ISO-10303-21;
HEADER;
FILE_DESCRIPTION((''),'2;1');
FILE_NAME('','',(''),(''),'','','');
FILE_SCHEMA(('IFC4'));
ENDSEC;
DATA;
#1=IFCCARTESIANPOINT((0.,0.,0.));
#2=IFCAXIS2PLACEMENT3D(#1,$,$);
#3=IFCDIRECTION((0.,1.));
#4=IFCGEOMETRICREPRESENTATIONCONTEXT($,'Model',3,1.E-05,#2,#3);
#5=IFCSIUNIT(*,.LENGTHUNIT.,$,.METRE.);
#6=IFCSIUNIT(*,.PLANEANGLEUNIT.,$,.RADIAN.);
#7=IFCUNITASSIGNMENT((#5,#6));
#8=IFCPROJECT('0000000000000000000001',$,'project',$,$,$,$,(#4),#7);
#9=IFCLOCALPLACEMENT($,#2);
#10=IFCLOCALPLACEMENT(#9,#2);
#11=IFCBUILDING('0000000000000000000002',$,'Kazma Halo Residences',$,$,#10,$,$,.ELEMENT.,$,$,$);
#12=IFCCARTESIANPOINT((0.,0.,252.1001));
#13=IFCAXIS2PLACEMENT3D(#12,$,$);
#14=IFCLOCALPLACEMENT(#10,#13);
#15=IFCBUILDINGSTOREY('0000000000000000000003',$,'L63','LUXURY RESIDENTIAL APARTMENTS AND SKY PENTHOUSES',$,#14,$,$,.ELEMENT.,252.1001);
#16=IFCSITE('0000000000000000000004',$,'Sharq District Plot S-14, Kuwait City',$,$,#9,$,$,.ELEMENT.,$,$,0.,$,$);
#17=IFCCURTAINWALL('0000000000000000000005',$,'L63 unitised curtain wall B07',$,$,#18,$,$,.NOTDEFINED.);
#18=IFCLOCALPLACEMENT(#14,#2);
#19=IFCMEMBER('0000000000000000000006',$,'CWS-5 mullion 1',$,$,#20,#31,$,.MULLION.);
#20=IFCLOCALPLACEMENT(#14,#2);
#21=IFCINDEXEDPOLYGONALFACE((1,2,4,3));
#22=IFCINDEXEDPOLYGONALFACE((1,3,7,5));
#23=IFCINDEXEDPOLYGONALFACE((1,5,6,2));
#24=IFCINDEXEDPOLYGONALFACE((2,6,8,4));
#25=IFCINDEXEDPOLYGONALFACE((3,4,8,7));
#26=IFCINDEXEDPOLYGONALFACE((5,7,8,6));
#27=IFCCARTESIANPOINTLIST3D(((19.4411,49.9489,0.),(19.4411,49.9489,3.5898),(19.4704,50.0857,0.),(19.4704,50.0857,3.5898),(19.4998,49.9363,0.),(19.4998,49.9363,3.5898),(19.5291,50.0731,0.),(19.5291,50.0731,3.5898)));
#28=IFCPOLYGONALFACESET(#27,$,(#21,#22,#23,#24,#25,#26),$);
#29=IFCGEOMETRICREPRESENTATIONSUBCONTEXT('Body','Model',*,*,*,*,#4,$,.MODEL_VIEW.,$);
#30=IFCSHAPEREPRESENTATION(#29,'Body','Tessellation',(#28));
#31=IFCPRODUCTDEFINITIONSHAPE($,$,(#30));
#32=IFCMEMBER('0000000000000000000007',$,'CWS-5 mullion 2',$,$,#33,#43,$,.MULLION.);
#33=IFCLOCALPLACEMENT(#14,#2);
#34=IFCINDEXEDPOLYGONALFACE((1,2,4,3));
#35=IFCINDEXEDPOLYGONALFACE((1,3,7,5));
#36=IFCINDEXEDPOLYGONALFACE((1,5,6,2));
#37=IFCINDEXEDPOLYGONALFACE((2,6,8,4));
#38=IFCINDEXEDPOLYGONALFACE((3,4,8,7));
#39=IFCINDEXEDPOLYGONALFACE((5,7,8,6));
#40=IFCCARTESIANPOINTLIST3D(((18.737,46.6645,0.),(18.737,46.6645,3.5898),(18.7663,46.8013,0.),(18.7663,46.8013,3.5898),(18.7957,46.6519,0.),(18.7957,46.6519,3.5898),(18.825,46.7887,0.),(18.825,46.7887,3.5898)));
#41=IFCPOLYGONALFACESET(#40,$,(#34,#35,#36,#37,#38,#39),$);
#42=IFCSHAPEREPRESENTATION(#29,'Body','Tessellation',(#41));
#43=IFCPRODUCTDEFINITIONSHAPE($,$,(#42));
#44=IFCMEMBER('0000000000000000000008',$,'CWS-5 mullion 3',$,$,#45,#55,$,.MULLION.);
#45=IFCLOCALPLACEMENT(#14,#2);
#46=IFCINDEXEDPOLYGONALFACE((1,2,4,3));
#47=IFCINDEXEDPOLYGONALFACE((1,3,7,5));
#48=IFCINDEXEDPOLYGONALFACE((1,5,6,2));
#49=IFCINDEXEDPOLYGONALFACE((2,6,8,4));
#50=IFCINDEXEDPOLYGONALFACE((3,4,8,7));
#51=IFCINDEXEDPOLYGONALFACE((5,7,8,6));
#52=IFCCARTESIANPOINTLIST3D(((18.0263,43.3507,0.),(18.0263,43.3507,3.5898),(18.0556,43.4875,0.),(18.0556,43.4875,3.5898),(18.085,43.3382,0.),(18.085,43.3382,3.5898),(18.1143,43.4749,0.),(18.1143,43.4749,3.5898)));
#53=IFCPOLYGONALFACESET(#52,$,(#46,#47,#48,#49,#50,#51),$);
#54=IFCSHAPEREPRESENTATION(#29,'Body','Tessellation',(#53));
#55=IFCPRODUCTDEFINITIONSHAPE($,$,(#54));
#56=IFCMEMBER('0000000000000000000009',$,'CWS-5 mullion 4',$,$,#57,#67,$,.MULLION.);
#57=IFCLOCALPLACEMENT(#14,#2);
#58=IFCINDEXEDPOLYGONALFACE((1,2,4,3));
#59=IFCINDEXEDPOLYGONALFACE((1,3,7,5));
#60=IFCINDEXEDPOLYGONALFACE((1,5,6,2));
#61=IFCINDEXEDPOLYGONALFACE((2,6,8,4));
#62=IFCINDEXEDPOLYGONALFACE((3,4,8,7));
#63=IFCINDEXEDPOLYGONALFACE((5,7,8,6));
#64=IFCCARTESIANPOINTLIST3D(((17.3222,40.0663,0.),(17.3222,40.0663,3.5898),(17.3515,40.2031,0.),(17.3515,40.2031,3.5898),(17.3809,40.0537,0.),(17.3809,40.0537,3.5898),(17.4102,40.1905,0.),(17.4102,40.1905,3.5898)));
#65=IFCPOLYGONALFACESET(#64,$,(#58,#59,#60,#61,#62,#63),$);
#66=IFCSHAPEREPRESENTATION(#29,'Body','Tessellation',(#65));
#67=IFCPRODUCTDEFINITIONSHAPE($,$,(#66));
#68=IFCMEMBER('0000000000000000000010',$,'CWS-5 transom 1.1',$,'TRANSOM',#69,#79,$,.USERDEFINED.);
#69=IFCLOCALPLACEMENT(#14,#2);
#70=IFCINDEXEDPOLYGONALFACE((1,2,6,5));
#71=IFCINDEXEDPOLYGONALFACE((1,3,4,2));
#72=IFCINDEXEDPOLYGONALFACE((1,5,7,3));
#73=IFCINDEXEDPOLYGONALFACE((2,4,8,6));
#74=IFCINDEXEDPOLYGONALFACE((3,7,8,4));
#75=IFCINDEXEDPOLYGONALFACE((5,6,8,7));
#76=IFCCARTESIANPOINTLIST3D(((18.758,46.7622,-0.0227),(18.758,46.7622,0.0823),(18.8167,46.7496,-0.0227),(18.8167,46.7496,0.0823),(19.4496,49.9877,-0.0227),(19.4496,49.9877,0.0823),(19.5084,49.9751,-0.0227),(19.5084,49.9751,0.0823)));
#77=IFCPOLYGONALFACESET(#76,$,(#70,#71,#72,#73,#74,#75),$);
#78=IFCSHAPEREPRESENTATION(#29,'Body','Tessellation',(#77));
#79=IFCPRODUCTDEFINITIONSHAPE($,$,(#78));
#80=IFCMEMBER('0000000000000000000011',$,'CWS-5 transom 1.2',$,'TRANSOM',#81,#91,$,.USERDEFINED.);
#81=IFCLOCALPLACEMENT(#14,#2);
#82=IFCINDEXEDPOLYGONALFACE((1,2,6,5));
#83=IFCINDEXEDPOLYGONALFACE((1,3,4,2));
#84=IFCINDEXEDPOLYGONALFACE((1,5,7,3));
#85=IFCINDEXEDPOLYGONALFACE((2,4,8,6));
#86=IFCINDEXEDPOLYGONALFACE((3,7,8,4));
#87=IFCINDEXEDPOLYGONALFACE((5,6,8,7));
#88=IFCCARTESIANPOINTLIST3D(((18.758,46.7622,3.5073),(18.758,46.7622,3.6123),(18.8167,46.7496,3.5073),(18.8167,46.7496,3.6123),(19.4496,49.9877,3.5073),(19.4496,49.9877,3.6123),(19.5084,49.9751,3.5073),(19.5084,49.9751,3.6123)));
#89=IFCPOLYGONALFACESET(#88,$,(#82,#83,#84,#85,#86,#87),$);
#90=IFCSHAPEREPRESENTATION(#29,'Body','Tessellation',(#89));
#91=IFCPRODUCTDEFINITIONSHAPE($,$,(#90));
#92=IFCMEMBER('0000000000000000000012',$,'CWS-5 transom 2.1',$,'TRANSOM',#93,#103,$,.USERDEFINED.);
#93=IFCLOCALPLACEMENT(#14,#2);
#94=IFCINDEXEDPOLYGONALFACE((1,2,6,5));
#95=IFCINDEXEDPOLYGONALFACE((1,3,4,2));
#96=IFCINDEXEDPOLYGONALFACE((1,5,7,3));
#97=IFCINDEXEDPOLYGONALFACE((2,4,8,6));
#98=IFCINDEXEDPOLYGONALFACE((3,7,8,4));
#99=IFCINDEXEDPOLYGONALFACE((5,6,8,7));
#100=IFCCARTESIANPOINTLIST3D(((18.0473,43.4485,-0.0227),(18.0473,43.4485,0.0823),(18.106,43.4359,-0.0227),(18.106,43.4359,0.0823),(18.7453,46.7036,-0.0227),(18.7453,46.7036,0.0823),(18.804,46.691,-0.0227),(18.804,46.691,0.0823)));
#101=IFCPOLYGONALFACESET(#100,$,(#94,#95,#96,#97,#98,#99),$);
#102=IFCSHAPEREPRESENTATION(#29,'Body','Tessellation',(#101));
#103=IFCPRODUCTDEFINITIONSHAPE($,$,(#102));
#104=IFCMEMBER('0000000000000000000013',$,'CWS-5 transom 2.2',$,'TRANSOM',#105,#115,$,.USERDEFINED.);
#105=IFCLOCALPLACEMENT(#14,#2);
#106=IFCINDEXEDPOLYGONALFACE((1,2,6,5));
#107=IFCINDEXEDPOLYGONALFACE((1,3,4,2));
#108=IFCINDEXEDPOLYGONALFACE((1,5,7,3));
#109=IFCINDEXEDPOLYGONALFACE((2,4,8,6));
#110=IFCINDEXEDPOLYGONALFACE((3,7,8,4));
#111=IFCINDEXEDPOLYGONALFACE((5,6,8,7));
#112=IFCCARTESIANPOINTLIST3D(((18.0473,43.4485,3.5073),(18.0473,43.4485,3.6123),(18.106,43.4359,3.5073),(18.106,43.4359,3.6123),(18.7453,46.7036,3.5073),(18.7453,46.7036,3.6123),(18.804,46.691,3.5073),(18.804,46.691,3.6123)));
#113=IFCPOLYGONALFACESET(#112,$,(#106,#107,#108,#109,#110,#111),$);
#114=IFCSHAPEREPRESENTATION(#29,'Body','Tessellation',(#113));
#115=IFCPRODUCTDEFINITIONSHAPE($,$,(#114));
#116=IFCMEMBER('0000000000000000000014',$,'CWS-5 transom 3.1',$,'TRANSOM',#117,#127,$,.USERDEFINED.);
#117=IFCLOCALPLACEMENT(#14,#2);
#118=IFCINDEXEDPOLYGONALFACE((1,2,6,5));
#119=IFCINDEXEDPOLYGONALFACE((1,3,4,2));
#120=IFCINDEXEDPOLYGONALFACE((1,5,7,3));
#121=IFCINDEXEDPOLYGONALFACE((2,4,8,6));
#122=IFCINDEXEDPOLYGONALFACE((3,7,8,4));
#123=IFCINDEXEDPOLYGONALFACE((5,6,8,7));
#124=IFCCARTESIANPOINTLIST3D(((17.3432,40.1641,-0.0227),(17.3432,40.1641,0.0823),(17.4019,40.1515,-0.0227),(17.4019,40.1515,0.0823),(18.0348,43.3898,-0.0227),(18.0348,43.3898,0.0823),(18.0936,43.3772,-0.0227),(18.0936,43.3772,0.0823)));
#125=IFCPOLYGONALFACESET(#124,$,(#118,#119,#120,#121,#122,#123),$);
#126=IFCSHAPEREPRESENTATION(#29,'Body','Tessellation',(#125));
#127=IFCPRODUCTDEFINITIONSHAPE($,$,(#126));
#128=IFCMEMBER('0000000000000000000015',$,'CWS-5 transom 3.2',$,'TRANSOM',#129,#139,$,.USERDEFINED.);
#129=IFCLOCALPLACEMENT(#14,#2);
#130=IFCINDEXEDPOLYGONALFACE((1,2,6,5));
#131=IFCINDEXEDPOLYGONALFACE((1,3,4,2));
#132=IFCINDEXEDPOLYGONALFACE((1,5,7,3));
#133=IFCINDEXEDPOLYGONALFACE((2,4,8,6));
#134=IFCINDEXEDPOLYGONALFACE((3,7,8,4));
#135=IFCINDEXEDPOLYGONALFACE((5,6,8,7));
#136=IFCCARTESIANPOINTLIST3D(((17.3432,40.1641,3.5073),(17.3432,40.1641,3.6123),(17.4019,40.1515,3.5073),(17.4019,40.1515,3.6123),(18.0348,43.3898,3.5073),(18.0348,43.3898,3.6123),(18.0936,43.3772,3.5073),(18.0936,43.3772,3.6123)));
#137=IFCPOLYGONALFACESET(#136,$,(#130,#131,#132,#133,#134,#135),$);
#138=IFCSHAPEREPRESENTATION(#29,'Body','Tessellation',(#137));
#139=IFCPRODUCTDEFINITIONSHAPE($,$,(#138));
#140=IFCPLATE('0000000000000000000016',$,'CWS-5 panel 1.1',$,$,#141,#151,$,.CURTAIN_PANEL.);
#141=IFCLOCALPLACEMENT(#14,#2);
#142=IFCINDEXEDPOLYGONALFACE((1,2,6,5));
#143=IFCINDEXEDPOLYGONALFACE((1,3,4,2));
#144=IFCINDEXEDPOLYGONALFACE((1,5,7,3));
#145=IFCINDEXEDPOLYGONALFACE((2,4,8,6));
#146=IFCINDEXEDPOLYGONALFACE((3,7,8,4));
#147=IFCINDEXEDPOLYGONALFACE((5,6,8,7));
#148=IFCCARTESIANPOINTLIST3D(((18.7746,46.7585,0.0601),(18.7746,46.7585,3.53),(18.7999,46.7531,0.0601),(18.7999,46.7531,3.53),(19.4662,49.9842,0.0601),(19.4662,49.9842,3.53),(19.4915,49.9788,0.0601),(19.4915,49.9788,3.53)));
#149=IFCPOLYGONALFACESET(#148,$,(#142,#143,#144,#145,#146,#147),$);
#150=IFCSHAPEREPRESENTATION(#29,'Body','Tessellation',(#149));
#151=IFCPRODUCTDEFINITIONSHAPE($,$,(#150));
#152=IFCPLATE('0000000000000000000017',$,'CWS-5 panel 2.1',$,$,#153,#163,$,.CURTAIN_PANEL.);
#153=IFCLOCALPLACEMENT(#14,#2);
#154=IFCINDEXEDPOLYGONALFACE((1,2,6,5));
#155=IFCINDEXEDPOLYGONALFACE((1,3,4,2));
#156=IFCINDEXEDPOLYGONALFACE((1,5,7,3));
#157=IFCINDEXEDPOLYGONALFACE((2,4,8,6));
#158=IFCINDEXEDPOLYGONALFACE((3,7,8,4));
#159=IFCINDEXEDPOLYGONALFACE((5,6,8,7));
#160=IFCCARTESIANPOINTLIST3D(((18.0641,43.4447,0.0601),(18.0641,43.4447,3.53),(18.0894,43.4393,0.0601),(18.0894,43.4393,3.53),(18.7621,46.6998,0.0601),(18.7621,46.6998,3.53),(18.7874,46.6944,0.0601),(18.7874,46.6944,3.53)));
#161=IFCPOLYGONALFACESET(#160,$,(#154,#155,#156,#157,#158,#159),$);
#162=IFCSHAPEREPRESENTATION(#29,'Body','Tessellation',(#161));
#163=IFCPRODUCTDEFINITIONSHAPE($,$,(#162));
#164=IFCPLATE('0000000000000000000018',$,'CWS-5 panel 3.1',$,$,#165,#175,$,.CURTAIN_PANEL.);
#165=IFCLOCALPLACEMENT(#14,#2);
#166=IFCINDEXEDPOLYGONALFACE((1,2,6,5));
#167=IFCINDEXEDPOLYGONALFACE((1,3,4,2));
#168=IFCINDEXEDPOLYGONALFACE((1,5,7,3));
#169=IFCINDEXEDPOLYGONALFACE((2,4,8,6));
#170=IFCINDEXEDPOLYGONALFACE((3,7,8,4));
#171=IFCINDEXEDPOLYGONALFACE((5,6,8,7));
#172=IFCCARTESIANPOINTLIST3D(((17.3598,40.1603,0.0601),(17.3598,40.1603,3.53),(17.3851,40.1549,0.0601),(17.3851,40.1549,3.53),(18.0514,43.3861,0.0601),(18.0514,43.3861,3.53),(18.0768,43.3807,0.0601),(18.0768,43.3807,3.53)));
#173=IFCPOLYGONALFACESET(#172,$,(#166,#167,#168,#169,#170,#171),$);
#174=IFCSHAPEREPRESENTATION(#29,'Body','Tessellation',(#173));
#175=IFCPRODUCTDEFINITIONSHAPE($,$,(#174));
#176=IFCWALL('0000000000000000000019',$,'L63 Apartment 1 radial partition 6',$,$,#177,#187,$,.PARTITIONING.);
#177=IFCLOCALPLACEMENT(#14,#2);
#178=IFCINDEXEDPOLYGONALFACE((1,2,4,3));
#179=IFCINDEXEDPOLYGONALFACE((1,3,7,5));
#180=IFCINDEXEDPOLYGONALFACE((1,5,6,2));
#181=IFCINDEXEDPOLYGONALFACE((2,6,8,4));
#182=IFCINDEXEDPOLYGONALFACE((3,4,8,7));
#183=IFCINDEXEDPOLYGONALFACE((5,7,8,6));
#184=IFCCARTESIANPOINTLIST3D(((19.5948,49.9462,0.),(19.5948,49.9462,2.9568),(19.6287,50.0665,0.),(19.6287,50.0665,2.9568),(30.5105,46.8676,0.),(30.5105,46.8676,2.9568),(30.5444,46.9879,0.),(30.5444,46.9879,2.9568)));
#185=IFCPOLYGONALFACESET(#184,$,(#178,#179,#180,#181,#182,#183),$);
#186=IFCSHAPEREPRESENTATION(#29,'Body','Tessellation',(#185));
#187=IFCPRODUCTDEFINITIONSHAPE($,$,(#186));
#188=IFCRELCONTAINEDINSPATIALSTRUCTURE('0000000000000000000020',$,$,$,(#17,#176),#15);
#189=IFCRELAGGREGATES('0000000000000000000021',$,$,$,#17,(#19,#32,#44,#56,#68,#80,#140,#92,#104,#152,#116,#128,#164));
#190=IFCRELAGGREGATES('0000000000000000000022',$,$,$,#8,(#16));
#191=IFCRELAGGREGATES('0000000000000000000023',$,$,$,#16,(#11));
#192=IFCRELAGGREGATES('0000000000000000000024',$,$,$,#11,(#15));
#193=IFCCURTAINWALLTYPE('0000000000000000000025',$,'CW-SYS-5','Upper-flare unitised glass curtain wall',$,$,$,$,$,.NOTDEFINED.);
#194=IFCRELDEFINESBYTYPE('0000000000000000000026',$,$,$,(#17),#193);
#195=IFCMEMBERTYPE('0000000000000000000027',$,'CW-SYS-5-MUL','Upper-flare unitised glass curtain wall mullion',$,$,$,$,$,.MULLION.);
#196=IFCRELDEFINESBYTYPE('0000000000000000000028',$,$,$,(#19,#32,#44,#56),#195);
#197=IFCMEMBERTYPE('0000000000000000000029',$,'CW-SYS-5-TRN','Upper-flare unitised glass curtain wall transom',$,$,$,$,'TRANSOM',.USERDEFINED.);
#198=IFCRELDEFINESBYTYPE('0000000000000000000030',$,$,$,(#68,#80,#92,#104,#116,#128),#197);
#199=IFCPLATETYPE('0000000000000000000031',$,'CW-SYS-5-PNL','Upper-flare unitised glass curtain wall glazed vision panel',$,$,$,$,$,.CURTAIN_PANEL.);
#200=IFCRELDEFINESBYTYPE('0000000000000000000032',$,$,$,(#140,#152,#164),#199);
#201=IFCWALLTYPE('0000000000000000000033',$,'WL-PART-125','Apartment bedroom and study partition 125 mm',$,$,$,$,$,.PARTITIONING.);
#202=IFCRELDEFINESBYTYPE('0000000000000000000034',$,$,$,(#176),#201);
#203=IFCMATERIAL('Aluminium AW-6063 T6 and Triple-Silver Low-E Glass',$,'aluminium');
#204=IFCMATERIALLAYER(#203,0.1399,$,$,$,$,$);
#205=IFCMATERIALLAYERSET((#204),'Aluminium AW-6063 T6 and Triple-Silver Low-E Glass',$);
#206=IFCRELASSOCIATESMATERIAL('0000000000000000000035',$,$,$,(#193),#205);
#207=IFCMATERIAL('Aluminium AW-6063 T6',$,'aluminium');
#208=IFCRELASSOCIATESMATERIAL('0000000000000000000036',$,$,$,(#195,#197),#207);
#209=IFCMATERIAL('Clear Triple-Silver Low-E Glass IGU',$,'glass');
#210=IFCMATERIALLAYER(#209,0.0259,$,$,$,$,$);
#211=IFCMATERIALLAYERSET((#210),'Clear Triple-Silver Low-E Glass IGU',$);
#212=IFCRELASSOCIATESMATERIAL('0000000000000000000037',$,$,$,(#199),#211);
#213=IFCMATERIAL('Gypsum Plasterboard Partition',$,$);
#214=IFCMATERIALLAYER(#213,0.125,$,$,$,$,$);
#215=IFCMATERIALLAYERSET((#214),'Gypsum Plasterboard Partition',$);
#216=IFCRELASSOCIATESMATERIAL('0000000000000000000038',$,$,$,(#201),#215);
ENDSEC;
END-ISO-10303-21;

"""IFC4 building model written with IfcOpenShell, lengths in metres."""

from ifc_helpers import new_model, si_unit, direction, frame, frame_2d, origin, origin_2d, place, context, subcontext, project, spatial, rectangle, extrude, material, layer, layer_set, material_profile, profile_set, type_object, element, aggregate, save


model = new_model("IFC4")

# Units and contexts
model_context = context("Model", 3, precision=1e-05, world=origin(), true_north=direction((0.0, 1.0)))
body_context = subcontext(model_context, "Body", "Model", "MODEL_VIEW")
ifc_project = project(units=[si_unit("LENGTHUNIT", "METRE"), si_unit("PLANEANGLEUNIT", "RADIAN")], contexts=[model_context])

# Site, building, storey
site_placement = place(None, origin())
site = spatial("IfcSite", under=ifc_project, at=site_placement, Name="Sharq District Plot S-14, Kuwait City", CompositionType="ELEMENT", RefElevation=0.0)
building_placement = place(site_placement, origin())
building = spatial("IfcBuilding", under=site, at=building_placement, Name="Kazma Halo Residences", CompositionType="ELEMENT")
storey_placement = place(building_placement, frame((0.0, 0.0, 252.1001)))
storey = spatial("IfcBuildingStorey", under=building, at=storey_placement, Name="L63", Description="LUXURY RESIDENTIAL APARTMENTS AND SKY PENTHOUSES", CompositionType="ELEMENT", Elevation=252.1001)

# Curtain wall, members, plates
ifc_material_1 = material(Name="Aluminium AW-6063 T6 and Triple-Silver Low-E Glass", Category="aluminium")
ifc_layer_1 = layer(ifc_material_1, 0.1399)
ifc_layer_set_1 = layer_set([ifc_layer_1], Name="Aluminium AW-6063 T6 and Triple-Silver Low-E Glass")
curtain_wall_type = type_object("IfcCurtainWallType", Name="CW-SYS-5", Description="Upper-flare unitised glass curtain wall", PredefinedType="NOTDEFINED", material=ifc_layer_set_1)
curtain_wall_placement = place(storey_placement, origin())
curtain_wall = element("IfcCurtainWall", 1, at=curtain_wall_placement, inside=storey, type_object=curtain_wall_type, Name="L63 unitised curtain wall B07", PredefinedType="NOTDEFINED")
ifc_material_2 = material(Name="Aluminium AW-6063 T6", Category="aluminium")
ifc_material_profile_1 = material_profile(ifc_material_2, rectangle(XDim=0.0601, YDim=0.1399, at=origin_2d()), Name="CWM-60x140")
ifc_profile_set_1 = profile_set([ifc_material_profile_1], Name="Aluminium AW-6063 T6")
member_type_1 = type_object("IfcMemberType", Name="CW-SYS-5-MUL", Description="Upper-flare unitised glass curtain wall mullion", PredefinedType="MULLION", material=ifc_profile_set_1)
member_1_placement = place(storey_placement, frame((19.4851, 50.011, 0.0), z_axis=(0.0, 0.0, 1.0), x_axis=(0.977775, -0.209657, 0.0)))
member_1 = element("IfcMember", 2, at=member_1_placement, type_object=member_type_1, Name="CWS-5 mullion 1", PredefinedType="MULLION", context=body_context, shape_type="SweptSolid", body=[
    extrude(rectangle(XDim=0.0601, YDim=0.1399, at=origin_2d()), origin(), (0.0, 0.0, 1.0), 3.5898),
])
member_2_placement = place(storey_placement, frame((18.781, 46.7266, 0.0), z_axis=(0.0, 0.0, 1.0), x_axis=(0.977775, -0.209657, 0.0)))
member_2 = element("IfcMember", 3, at=member_2_placement, type_object=member_type_1, Name="CWS-5 mullion 2", PredefinedType="MULLION", context=body_context, shape_type="SweptSolid", body=[
    extrude(rectangle(XDim=0.0601, YDim=0.1399, at=origin_2d()), origin(), (0.0, 0.0, 1.0), 3.5898),
])
member_3_placement = place(storey_placement, frame((18.0703, 43.4128, 0.0), z_axis=(0.0, 0.0, 1.0), x_axis=(0.977775, -0.209657, 0.0)))
member_3 = element("IfcMember", 4, at=member_3_placement, type_object=member_type_1, Name="CWS-5 mullion 3", PredefinedType="MULLION", context=body_context, shape_type="SweptSolid", body=[
    extrude(rectangle(XDim=0.0601, YDim=0.1399, at=origin_2d()), origin(), (0.0, 0.0, 1.0), 3.5898),
])
member_4_placement = place(storey_placement, frame((17.3662, 40.1284, 0.0), z_axis=(0.0, 0.0, 1.0), x_axis=(0.977775, -0.209657, 0.0)))
member_4 = element("IfcMember", 5, at=member_4_placement, type_object=member_type_1, Name="CWS-5 mullion 4", PredefinedType="MULLION", context=body_context, shape_type="SweptSolid", body=[
    extrude(rectangle(XDim=0.0601, YDim=0.1399, at=origin_2d()), origin(), (0.0, 0.0, 1.0), 3.5898),
])
ifc_material_profile_2 = material_profile(ifc_material_2, rectangle(XDim=0.0601, YDim=0.105, at=origin_2d()), Name="CWT-60x105")
ifc_profile_set_2 = profile_set([ifc_material_profile_2], Name="Aluminium AW-6063 T6")
member_type_2 = type_object("IfcMemberType", Name="CW-SYS-5-TRN", Description="Upper-flare unitised glass curtain wall transom", ElementType="TRANSOM", PredefinedType="USERDEFINED", material=ifc_profile_set_2)
member_5_placement = place(storey_placement, frame((19.479, 49.9814, 0.0298), z_axis=(-0.20966, -0.977774, 0.0), x_axis=(0.977774, -0.20966, 0.0)))
member_5 = element("IfcMember", 6, at=member_5_placement, type_object=member_type_2, Name="CWS-5 transom 1.1", ObjectType="TRANSOM", PredefinedType="USERDEFINED", context=body_context, shape_type="SweptSolid", body=[
    extrude(rectangle(XDim=0.0601, YDim=0.105, at=origin_2d()), origin(), (0.0, 0.0, 1.0), 3.2988),
])
member_6_placement = place(storey_placement, frame((19.479, 49.9814, 3.5598), z_axis=(-0.20966, -0.977774, 0.0), x_axis=(0.977774, -0.20966, 0.0)))
member_6 = element("IfcMember", 7, at=member_6_placement, type_object=member_type_2, Name="CWS-5 transom 1.2", ObjectType="TRANSOM", PredefinedType="USERDEFINED", context=body_context, shape_type="SweptSolid", body=[
    extrude(rectangle(XDim=0.0601, YDim=0.105, at=origin_2d()), origin(), (0.0, 0.0, 1.0), 3.2988),
])
member_7_placement = place(storey_placement, frame((18.7747, 46.6973, 0.0298), z_axis=(-0.209664, -0.977773, 0.0), x_axis=(0.977773, -0.209664, 0.0)))
member_7 = element("IfcMember", 8, at=member_7_placement, type_object=member_type_2, Name="CWS-5 transom 2.1", ObjectType="TRANSOM", PredefinedType="USERDEFINED", context=body_context, shape_type="SweptSolid", body=[
    extrude(rectangle(XDim=0.0601, YDim=0.105, at=origin_2d()), origin(), (0.0, 0.0, 1.0), 3.3291),
])
member_8_placement = place(storey_placement, frame((18.7747, 46.6973, 3.5598), z_axis=(-0.209664, -0.977773, 0.0), x_axis=(0.977773, -0.209664, 0.0)))
member_8 = element("IfcMember", 9, at=member_8_placement, type_object=member_type_2, Name="CWS-5 transom 2.2", ObjectType="TRANSOM", PredefinedType="USERDEFINED", context=body_context, shape_type="SweptSolid", body=[
    extrude(rectangle(XDim=0.0601, YDim=0.105, at=origin_2d()), origin(), (0.0, 0.0, 1.0), 3.3291),
])
member_9_placement = place(storey_placement, frame((18.0642, 43.3835, 0.0298), z_axis=(-0.209645, -0.977777, 0.0), x_axis=(0.977777, -0.209645, 0.0)))
member_9 = element("IfcMember", 10, at=member_9_placement, type_object=member_type_2, Name="CWS-5 transom 3.1", ObjectType="TRANSOM", PredefinedType="USERDEFINED", context=body_context, shape_type="SweptSolid", body=[
    extrude(rectangle(XDim=0.0601, YDim=0.105, at=origin_2d()), origin(), (0.0, 0.0, 1.0), 3.2991),
])
member_10_placement = place(storey_placement, frame((18.0642, 43.3835, 3.5598), z_axis=(-0.209645, -0.977777, 0.0), x_axis=(0.977777, -0.209645, 0.0)))
member_10 = element("IfcMember", 11, at=member_10_placement, type_object=member_type_2, Name="CWS-5 transom 3.2", ObjectType="TRANSOM", PredefinedType="USERDEFINED", context=body_context, shape_type="SweptSolid", body=[
    extrude(rectangle(XDim=0.0601, YDim=0.105, at=origin_2d()), origin(), (0.0, 0.0, 1.0), 3.2991),
])
ifc_material_3 = material(Name="Clear Triple-Silver Low-E Glass IGU", Category="glass")
ifc_layer_2 = layer(ifc_material_3, 0.0259)
ifc_layer_set_2 = layer_set([ifc_layer_2], Name="Clear Triple-Silver Low-E Glass IGU")
plate_type = type_object("IfcPlateType", Name="CW-SYS-5-PNL", Description="Upper-flare unitised glass curtain wall glazed vision panel", PredefinedType="CURTAIN_PANEL", material=ifc_layer_set_2)
plate_1_placement = place(storey_placement, frame((19.1331, 48.3687, 0.0601), z_axis=(0.0, 0.0, 1.0), x_axis=(-0.209657, -0.977775, 0.0)))
plate_1 = element("IfcPlate", 12, at=plate_1_placement, type_object=plate_type, Name="CWS-5 panel 1.1", PredefinedType="CURTAIN_PANEL", context=body_context, shape_type="SweptSolid", body=[
    extrude(rectangle(XDim=3.2991, YDim=0.0259, at=origin_2d()), origin(), (0.0, 0.0, 1.0), 3.47),
])
plate_2_placement = place(storey_placement, frame((18.4258, 45.0696, 0.0601), z_axis=(0.0, 0.0, 1.0), x_axis=(-0.209657, -0.977775, 0.0)))
plate_2 = element("IfcPlate", 13, at=plate_2_placement, type_object=plate_type, Name="CWS-5 panel 2.1", PredefinedType="CURTAIN_PANEL", context=body_context, shape_type="SweptSolid", body=[
    extrude(rectangle(XDim=3.3291, YDim=0.0259, at=origin_2d()), origin(), (0.0, 0.0, 1.0), 3.47),
])
plate_3_placement = place(storey_placement, frame((17.7183, 41.7705, 0.0601), z_axis=(0.0, 0.0, 1.0), x_axis=(-0.209657, -0.977775, 0.0)))
plate_3 = element("IfcPlate", 14, at=plate_3_placement, type_object=plate_type, Name="CWS-5 panel 3.1", PredefinedType="CURTAIN_PANEL", context=body_context, shape_type="SweptSolid", body=[
    extrude(rectangle(XDim=3.2991, YDim=0.0259, at=origin_2d()), origin(), (0.0, 0.0, 1.0), 3.47),
])
aggregate(curtain_wall, [member_1, member_2, member_3, member_4, member_5, member_6, plate_1, member_7, member_8, plate_2, member_9, member_10, plate_3])

# Wall
ifc_material_4 = material(Name="Gypsum Plasterboard Partition")
ifc_layer_3 = layer(ifc_material_4, 0.125)
ifc_layer_set_3 = layer_set([ifc_layer_3], Name="Gypsum Plasterboard Partition")
wall_type_1 = type_object("IfcWallType", Name="WL-PART-125", Description="Apartment bedroom and study partition 125 mm", PredefinedType="PARTITIONING", material=ifc_layer_set_3)
wall_1_placement = place(storey_placement, frame((30.5276, 46.9277, 0.0), z_axis=(0.0, 0.0, 1.0), x_axis=(-0.962454, 0.271444, 0.0)))
element("IfcWall", 15, at=wall_1_placement, inside=storey, type_object=wall_type_1, Name="L63 Apartment 1 radial partition 6", PredefinedType="PARTITIONING", context=body_context, shape_type="SweptSolid", body=[
    extrude(rectangle(XDim=11.3416, YDim=0.125, at=frame_2d((5.6709, 0.0))), origin(), (0.0, 0.0, 1.0), 2.9568),
])

save(model, "model.ifc")
